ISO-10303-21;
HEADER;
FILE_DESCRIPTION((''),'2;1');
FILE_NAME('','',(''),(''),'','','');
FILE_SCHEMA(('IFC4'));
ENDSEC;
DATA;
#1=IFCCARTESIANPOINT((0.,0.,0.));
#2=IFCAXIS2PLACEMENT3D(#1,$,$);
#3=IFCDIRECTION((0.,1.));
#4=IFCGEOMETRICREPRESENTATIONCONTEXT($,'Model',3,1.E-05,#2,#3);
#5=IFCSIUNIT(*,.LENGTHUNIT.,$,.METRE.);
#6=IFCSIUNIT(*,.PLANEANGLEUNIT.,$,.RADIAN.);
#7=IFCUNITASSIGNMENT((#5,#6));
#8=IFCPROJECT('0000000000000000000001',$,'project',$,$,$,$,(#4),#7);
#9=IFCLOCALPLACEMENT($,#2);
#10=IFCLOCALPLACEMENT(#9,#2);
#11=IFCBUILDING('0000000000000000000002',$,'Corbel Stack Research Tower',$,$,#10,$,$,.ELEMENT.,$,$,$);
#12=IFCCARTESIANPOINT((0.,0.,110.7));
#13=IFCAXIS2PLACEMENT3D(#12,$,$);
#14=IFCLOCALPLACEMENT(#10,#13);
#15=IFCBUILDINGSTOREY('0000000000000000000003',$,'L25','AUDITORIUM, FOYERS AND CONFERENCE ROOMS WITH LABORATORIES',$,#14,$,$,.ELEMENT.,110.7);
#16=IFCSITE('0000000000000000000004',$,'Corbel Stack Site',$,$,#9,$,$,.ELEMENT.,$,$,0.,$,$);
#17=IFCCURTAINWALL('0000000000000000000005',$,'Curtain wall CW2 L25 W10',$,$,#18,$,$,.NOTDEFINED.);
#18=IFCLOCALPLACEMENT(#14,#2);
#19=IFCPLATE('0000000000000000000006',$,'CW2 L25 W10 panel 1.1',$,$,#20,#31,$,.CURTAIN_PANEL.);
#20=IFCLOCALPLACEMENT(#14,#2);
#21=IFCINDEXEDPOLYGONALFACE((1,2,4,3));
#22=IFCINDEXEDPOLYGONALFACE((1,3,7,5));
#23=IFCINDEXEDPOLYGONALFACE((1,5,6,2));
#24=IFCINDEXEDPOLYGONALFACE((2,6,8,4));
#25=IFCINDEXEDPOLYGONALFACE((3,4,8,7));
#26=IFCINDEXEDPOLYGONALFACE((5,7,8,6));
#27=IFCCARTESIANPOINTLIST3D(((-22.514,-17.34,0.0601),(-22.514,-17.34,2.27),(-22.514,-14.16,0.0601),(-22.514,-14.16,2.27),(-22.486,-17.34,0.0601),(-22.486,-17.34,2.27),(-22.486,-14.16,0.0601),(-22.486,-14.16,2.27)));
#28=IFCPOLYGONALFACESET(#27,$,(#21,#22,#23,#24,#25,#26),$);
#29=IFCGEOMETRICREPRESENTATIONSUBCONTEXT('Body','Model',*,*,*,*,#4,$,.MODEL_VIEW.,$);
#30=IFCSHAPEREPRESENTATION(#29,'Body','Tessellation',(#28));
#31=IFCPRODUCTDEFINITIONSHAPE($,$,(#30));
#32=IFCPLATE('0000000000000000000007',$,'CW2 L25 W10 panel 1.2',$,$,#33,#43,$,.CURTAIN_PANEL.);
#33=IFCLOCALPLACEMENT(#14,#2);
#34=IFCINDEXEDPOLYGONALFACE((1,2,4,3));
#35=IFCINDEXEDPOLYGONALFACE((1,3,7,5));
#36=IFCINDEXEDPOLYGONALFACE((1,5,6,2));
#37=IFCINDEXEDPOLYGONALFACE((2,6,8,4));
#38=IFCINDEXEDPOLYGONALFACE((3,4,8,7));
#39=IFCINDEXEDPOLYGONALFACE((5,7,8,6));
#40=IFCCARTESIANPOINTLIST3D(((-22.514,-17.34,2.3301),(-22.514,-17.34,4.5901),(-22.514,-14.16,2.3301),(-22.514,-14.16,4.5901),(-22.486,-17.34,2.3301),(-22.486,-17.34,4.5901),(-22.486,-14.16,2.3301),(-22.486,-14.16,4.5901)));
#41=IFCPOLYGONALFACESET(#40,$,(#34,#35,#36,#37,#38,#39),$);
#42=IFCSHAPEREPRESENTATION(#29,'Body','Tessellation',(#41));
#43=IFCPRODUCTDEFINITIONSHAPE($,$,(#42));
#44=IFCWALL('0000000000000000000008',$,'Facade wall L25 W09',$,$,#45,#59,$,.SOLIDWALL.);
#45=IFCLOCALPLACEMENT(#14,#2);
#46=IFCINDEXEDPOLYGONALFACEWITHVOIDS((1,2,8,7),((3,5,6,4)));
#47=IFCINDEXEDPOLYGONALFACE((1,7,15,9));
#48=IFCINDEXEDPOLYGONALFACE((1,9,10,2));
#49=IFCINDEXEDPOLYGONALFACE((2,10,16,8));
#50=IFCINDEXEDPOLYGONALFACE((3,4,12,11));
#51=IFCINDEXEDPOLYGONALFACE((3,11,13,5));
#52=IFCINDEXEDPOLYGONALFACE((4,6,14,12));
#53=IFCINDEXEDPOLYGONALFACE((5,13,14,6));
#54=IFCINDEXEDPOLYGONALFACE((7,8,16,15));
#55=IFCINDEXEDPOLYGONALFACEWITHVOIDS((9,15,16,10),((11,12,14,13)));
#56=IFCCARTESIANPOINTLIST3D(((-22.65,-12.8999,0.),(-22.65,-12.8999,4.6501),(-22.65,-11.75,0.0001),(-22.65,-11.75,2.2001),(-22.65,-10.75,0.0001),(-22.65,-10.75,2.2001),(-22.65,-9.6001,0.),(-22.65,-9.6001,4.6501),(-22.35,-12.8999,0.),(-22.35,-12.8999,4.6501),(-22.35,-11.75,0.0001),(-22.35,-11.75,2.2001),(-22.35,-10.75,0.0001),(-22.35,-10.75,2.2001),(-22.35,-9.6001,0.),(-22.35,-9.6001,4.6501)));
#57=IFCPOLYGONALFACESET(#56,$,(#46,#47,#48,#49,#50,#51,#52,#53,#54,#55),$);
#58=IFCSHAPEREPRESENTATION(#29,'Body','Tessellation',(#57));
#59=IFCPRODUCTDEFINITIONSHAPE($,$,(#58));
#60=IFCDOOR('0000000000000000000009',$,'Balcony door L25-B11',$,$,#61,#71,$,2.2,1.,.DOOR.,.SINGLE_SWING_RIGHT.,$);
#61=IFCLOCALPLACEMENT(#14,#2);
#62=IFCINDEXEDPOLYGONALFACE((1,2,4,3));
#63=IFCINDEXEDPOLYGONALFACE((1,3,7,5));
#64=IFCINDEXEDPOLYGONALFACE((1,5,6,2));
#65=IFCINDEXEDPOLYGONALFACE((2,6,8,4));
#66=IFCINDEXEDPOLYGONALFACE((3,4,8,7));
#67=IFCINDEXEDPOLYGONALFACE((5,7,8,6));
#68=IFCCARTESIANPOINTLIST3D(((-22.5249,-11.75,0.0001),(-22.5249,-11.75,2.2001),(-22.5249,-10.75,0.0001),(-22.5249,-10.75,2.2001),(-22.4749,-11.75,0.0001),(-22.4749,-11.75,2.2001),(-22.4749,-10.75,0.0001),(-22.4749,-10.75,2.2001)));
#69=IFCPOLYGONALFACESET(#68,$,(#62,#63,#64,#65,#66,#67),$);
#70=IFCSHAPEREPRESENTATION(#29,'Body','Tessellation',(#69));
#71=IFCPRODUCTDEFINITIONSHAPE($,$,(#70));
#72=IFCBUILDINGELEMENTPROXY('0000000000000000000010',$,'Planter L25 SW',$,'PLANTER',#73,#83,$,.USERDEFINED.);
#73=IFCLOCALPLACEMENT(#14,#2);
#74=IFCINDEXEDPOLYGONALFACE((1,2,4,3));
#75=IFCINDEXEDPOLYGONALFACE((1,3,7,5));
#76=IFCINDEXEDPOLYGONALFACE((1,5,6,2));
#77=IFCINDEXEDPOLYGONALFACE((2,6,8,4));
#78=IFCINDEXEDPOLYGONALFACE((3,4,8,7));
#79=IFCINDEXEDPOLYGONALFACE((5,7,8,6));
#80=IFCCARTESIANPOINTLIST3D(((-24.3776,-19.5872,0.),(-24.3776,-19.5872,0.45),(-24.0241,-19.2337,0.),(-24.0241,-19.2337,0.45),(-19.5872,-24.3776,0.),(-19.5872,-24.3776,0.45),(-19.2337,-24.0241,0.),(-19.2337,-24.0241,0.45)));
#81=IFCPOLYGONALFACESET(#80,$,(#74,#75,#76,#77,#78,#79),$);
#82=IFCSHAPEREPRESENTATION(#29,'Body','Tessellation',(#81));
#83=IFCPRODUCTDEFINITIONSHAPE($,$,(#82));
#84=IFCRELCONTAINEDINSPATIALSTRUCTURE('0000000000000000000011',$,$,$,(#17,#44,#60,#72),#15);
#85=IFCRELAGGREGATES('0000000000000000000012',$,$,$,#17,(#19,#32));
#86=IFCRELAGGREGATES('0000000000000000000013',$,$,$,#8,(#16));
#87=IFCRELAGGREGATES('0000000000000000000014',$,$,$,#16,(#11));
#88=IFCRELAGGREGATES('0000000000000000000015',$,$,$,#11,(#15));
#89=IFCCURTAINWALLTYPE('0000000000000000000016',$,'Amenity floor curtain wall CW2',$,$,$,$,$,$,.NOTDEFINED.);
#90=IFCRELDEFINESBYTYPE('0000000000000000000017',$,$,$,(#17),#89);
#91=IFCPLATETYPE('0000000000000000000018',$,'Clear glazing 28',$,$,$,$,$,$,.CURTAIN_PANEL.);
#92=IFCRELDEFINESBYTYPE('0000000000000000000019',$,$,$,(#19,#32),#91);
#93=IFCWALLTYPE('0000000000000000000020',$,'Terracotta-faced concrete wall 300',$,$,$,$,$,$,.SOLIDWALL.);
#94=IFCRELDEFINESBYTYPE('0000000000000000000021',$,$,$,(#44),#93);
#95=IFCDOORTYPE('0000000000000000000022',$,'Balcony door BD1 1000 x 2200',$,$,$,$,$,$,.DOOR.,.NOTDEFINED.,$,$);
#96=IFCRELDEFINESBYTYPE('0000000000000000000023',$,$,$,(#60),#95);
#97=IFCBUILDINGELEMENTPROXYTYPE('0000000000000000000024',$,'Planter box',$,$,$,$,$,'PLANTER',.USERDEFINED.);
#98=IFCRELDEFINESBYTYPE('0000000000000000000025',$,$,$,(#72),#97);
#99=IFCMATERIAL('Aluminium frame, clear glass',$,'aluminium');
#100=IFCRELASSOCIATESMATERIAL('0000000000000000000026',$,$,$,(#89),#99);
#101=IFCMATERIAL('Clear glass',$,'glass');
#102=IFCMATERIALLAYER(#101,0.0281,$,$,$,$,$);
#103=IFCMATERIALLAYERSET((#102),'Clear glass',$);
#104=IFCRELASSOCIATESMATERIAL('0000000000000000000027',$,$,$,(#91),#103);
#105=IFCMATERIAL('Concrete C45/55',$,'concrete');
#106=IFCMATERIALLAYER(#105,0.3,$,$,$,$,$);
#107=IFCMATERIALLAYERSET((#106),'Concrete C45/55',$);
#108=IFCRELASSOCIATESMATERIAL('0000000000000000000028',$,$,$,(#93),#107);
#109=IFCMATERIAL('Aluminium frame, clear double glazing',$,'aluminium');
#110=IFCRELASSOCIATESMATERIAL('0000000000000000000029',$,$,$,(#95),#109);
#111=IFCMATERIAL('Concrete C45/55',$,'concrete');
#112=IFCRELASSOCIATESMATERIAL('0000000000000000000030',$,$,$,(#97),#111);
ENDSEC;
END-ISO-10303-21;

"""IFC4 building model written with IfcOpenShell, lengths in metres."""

from ifc_helpers import new_model, si_unit, direction, frame, frame_2d, origin, origin_2d, place, context, subcontext, project, spatial, rectangle, extrude, material, layer, layer_set, type_object, element, fill, aggregate, save


model = new_model("IFC4")

# Units and contexts
model_context = context("Model", 3, precision=1e-05, world=origin(), true_north=direction((0.0, 1.0)))
body_context = subcontext(model_context, "Body", "Model", "MODEL_VIEW")
ifc_project = project(units=[si_unit("LENGTHUNIT", "METRE"), si_unit("PLANEANGLEUNIT", "RADIAN")], contexts=[model_context])

# Site, building, storey
site_placement = place(None, origin())
site = spatial("IfcSite", under=ifc_project, at=site_placement, Name="Corbel Stack Site", CompositionType="ELEMENT", RefElevation=0.0)
building_placement = place(site_placement, origin())
building = spatial("IfcBuilding", under=site, at=building_placement, Name="Corbel Stack Research Tower", CompositionType="ELEMENT")
storey_placement = place(building_placement, frame((0.0, 0.0, 110.7)))
storey = spatial("IfcBuildingStorey", under=building, at=storey_placement, Name="L25", Description="AUDITORIUM, FOYERS AND CONFERENCE ROOMS WITH LABORATORIES", CompositionType="ELEMENT", Elevation=110.7)

# Curtain wall
ifc_material_1 = material(Name="Aluminium frame, clear glass", Category="aluminium")
curtain_wall_type = type_object("IfcCurtainWallType", Name="Amenity floor curtain wall CW2", PredefinedType="NOTDEFINED", material=ifc_material_1)
curtain_wall_placement = place(storey_placement, origin())
curtain_wall = element("IfcCurtainWall", 1, at=curtain_wall_placement, inside=storey, type_object=curtain_wall_type, Name="Curtain wall CW2 L25 W10", PredefinedType="NOTDEFINED")

# Plates
ifc_material_2 = material(Name="Clear glass", Category="glass")
ifc_layer_1 = layer(ifc_material_2, 0.0281)
ifc_layer_set_1 = layer_set([ifc_layer_1], Name="Clear glass")
plate_type = type_object("IfcPlateType", Name="Clear glazing 28", PredefinedType="CURTAIN_PANEL", material=ifc_layer_set_1)
plate_1_placement = place(storey_placement, frame((-22.5, -15.75, 0.0601), z_axis=(0.0, 0.0, 1.0), x_axis=(0.0, -1.0, 0.0)))
plate_1 = element("IfcPlate", 2, at=plate_1_placement, type_object=plate_type, Name="CW2 L25 W10 panel 1.1", PredefinedType="CURTAIN_PANEL", context=body_context, shape_type="SweptSolid", body=[
    extrude(rectangle(XDim=3.1799, YDim=0.0281, at=origin_2d()), origin(), (0.0, 0.0, 1.0), 2.21),
])
plate_2_placement = place(storey_placement, frame((-22.5, -15.75, 2.3301), z_axis=(0.0, 0.0, 1.0), x_axis=(0.0, -1.0, 0.0)))
plate_2 = element("IfcPlate", 3, at=plate_2_placement, type_object=plate_type, Name="CW2 L25 W10 panel 1.2", PredefinedType="CURTAIN_PANEL", context=body_context, shape_type="SweptSolid", body=[
    extrude(rectangle(XDim=3.1799, YDim=0.0281, at=origin_2d()), origin(), (0.0, 0.0, 1.0), 2.26),
])
aggregate(curtain_wall, [plate_1, plate_2])

# Wall, opening, door
ifc_material_3 = material(Name="Concrete C45/55", Category="concrete")
ifc_layer_2 = layer(ifc_material_3, 0.3)
ifc_layer_set_2 = layer_set([ifc_layer_2], Name="Concrete C45/55")
wall_type = type_object("IfcWallType", Name="Terracotta-faced concrete wall 300", PredefinedType="SOLIDWALL", material=ifc_layer_set_2)
wall_placement = place(storey_placement, frame((-22.5, -12.8999, 0.0), z_axis=(0.0, 0.0, 1.0), x_axis=(0.0, 1.0, 0.0)))
wall = element("IfcWall", 4, at=wall_placement, inside=storey, type_object=wall_type, Name="Facade wall L25 W09", PredefinedType="SOLIDWALL", context=body_context, shape_type="SweptSolid", body=[
    extrude(rectangle(XDim=3.2998, YDim=0.3, at=frame_2d((1.6499, 0.0))), origin(), (0.0, 0.0, 1.0), 4.6501),
])
opening_placement = place(wall_placement, frame((1.1499, 0.0, 0.0)))
opening = element("IfcOpeningElement", 5, at=opening_placement, cuts=wall, PredefinedType="OPENING", context=body_context, shape_type="SweptSolid", body=[
    extrude(rectangle(XDim=1.0, YDim=2.2, at=frame_2d((0.5, 1.1001))), frame((0.0, 0.1599, 0.0), z_axis=(0.0, -1.0, 0.0), x_axis=(1.0, 0.0, 0.0)), (0.0, 0.0, 1.0), 0.3201),
])
ifc_material_4 = material(Name="Aluminium frame, clear double glazing", Category="aluminium")
door_type = type_object("IfcDoorType", Name="Balcony door BD1 1000 x 2200", OperationType="NOTDEFINED", PredefinedType="DOOR", material=ifc_material_4)
door_placement = place(opening_placement, origin())
door = element("IfcDoor", 6, at=door_placement, inside=storey, type_object=door_type, Name="Balcony door L25-B11", OperationType="SINGLE_SWING_RIGHT", OverallHeight=2.2, OverallWidth=1.0, PredefinedType="DOOR", context=body_context, shape_type="SweptSolid", body=[
    extrude(rectangle(XDim=1.0, YDim=2.2, at=frame_2d((0.5, 1.1001))), frame((0.0, 0.0249, 0.0), z_axis=(0.0, -1.0, 0.0), x_axis=(1.0, 0.0, 0.0)), (0.0, 0.0, 1.0), 0.05),
])
fill(opening, door)

# Building element proxy
ifc_material_5 = material(Name="Concrete C45/55", Category="concrete")
building_element_proxy_type = type_object("IfcBuildingElementProxyType", Name="Planter box", ElementType="PLANTER", PredefinedType="USERDEFINED", material=ifc_material_5)
proxy_placement = place(storey_placement, frame((-21.8057, -21.8057, 0.0), z_axis=(0.0, 0.0, 1.0), x_axis=(0.707107, -0.707107, 0.0)))
element("IfcBuildingElementProxy", 7, at=proxy_placement, inside=storey, type_object=building_element_proxy_type, Name="Planter L25 SW", ObjectType="PLANTER", PredefinedType="USERDEFINED", context=body_context, shape_type="SweptSolid", body=[
    extrude(rectangle(XDim=6.7747, YDim=0.5, at=origin_2d()), origin(), (0.0, 0.0, 1.0), 0.45),
])

save(model, "model.ifc")
